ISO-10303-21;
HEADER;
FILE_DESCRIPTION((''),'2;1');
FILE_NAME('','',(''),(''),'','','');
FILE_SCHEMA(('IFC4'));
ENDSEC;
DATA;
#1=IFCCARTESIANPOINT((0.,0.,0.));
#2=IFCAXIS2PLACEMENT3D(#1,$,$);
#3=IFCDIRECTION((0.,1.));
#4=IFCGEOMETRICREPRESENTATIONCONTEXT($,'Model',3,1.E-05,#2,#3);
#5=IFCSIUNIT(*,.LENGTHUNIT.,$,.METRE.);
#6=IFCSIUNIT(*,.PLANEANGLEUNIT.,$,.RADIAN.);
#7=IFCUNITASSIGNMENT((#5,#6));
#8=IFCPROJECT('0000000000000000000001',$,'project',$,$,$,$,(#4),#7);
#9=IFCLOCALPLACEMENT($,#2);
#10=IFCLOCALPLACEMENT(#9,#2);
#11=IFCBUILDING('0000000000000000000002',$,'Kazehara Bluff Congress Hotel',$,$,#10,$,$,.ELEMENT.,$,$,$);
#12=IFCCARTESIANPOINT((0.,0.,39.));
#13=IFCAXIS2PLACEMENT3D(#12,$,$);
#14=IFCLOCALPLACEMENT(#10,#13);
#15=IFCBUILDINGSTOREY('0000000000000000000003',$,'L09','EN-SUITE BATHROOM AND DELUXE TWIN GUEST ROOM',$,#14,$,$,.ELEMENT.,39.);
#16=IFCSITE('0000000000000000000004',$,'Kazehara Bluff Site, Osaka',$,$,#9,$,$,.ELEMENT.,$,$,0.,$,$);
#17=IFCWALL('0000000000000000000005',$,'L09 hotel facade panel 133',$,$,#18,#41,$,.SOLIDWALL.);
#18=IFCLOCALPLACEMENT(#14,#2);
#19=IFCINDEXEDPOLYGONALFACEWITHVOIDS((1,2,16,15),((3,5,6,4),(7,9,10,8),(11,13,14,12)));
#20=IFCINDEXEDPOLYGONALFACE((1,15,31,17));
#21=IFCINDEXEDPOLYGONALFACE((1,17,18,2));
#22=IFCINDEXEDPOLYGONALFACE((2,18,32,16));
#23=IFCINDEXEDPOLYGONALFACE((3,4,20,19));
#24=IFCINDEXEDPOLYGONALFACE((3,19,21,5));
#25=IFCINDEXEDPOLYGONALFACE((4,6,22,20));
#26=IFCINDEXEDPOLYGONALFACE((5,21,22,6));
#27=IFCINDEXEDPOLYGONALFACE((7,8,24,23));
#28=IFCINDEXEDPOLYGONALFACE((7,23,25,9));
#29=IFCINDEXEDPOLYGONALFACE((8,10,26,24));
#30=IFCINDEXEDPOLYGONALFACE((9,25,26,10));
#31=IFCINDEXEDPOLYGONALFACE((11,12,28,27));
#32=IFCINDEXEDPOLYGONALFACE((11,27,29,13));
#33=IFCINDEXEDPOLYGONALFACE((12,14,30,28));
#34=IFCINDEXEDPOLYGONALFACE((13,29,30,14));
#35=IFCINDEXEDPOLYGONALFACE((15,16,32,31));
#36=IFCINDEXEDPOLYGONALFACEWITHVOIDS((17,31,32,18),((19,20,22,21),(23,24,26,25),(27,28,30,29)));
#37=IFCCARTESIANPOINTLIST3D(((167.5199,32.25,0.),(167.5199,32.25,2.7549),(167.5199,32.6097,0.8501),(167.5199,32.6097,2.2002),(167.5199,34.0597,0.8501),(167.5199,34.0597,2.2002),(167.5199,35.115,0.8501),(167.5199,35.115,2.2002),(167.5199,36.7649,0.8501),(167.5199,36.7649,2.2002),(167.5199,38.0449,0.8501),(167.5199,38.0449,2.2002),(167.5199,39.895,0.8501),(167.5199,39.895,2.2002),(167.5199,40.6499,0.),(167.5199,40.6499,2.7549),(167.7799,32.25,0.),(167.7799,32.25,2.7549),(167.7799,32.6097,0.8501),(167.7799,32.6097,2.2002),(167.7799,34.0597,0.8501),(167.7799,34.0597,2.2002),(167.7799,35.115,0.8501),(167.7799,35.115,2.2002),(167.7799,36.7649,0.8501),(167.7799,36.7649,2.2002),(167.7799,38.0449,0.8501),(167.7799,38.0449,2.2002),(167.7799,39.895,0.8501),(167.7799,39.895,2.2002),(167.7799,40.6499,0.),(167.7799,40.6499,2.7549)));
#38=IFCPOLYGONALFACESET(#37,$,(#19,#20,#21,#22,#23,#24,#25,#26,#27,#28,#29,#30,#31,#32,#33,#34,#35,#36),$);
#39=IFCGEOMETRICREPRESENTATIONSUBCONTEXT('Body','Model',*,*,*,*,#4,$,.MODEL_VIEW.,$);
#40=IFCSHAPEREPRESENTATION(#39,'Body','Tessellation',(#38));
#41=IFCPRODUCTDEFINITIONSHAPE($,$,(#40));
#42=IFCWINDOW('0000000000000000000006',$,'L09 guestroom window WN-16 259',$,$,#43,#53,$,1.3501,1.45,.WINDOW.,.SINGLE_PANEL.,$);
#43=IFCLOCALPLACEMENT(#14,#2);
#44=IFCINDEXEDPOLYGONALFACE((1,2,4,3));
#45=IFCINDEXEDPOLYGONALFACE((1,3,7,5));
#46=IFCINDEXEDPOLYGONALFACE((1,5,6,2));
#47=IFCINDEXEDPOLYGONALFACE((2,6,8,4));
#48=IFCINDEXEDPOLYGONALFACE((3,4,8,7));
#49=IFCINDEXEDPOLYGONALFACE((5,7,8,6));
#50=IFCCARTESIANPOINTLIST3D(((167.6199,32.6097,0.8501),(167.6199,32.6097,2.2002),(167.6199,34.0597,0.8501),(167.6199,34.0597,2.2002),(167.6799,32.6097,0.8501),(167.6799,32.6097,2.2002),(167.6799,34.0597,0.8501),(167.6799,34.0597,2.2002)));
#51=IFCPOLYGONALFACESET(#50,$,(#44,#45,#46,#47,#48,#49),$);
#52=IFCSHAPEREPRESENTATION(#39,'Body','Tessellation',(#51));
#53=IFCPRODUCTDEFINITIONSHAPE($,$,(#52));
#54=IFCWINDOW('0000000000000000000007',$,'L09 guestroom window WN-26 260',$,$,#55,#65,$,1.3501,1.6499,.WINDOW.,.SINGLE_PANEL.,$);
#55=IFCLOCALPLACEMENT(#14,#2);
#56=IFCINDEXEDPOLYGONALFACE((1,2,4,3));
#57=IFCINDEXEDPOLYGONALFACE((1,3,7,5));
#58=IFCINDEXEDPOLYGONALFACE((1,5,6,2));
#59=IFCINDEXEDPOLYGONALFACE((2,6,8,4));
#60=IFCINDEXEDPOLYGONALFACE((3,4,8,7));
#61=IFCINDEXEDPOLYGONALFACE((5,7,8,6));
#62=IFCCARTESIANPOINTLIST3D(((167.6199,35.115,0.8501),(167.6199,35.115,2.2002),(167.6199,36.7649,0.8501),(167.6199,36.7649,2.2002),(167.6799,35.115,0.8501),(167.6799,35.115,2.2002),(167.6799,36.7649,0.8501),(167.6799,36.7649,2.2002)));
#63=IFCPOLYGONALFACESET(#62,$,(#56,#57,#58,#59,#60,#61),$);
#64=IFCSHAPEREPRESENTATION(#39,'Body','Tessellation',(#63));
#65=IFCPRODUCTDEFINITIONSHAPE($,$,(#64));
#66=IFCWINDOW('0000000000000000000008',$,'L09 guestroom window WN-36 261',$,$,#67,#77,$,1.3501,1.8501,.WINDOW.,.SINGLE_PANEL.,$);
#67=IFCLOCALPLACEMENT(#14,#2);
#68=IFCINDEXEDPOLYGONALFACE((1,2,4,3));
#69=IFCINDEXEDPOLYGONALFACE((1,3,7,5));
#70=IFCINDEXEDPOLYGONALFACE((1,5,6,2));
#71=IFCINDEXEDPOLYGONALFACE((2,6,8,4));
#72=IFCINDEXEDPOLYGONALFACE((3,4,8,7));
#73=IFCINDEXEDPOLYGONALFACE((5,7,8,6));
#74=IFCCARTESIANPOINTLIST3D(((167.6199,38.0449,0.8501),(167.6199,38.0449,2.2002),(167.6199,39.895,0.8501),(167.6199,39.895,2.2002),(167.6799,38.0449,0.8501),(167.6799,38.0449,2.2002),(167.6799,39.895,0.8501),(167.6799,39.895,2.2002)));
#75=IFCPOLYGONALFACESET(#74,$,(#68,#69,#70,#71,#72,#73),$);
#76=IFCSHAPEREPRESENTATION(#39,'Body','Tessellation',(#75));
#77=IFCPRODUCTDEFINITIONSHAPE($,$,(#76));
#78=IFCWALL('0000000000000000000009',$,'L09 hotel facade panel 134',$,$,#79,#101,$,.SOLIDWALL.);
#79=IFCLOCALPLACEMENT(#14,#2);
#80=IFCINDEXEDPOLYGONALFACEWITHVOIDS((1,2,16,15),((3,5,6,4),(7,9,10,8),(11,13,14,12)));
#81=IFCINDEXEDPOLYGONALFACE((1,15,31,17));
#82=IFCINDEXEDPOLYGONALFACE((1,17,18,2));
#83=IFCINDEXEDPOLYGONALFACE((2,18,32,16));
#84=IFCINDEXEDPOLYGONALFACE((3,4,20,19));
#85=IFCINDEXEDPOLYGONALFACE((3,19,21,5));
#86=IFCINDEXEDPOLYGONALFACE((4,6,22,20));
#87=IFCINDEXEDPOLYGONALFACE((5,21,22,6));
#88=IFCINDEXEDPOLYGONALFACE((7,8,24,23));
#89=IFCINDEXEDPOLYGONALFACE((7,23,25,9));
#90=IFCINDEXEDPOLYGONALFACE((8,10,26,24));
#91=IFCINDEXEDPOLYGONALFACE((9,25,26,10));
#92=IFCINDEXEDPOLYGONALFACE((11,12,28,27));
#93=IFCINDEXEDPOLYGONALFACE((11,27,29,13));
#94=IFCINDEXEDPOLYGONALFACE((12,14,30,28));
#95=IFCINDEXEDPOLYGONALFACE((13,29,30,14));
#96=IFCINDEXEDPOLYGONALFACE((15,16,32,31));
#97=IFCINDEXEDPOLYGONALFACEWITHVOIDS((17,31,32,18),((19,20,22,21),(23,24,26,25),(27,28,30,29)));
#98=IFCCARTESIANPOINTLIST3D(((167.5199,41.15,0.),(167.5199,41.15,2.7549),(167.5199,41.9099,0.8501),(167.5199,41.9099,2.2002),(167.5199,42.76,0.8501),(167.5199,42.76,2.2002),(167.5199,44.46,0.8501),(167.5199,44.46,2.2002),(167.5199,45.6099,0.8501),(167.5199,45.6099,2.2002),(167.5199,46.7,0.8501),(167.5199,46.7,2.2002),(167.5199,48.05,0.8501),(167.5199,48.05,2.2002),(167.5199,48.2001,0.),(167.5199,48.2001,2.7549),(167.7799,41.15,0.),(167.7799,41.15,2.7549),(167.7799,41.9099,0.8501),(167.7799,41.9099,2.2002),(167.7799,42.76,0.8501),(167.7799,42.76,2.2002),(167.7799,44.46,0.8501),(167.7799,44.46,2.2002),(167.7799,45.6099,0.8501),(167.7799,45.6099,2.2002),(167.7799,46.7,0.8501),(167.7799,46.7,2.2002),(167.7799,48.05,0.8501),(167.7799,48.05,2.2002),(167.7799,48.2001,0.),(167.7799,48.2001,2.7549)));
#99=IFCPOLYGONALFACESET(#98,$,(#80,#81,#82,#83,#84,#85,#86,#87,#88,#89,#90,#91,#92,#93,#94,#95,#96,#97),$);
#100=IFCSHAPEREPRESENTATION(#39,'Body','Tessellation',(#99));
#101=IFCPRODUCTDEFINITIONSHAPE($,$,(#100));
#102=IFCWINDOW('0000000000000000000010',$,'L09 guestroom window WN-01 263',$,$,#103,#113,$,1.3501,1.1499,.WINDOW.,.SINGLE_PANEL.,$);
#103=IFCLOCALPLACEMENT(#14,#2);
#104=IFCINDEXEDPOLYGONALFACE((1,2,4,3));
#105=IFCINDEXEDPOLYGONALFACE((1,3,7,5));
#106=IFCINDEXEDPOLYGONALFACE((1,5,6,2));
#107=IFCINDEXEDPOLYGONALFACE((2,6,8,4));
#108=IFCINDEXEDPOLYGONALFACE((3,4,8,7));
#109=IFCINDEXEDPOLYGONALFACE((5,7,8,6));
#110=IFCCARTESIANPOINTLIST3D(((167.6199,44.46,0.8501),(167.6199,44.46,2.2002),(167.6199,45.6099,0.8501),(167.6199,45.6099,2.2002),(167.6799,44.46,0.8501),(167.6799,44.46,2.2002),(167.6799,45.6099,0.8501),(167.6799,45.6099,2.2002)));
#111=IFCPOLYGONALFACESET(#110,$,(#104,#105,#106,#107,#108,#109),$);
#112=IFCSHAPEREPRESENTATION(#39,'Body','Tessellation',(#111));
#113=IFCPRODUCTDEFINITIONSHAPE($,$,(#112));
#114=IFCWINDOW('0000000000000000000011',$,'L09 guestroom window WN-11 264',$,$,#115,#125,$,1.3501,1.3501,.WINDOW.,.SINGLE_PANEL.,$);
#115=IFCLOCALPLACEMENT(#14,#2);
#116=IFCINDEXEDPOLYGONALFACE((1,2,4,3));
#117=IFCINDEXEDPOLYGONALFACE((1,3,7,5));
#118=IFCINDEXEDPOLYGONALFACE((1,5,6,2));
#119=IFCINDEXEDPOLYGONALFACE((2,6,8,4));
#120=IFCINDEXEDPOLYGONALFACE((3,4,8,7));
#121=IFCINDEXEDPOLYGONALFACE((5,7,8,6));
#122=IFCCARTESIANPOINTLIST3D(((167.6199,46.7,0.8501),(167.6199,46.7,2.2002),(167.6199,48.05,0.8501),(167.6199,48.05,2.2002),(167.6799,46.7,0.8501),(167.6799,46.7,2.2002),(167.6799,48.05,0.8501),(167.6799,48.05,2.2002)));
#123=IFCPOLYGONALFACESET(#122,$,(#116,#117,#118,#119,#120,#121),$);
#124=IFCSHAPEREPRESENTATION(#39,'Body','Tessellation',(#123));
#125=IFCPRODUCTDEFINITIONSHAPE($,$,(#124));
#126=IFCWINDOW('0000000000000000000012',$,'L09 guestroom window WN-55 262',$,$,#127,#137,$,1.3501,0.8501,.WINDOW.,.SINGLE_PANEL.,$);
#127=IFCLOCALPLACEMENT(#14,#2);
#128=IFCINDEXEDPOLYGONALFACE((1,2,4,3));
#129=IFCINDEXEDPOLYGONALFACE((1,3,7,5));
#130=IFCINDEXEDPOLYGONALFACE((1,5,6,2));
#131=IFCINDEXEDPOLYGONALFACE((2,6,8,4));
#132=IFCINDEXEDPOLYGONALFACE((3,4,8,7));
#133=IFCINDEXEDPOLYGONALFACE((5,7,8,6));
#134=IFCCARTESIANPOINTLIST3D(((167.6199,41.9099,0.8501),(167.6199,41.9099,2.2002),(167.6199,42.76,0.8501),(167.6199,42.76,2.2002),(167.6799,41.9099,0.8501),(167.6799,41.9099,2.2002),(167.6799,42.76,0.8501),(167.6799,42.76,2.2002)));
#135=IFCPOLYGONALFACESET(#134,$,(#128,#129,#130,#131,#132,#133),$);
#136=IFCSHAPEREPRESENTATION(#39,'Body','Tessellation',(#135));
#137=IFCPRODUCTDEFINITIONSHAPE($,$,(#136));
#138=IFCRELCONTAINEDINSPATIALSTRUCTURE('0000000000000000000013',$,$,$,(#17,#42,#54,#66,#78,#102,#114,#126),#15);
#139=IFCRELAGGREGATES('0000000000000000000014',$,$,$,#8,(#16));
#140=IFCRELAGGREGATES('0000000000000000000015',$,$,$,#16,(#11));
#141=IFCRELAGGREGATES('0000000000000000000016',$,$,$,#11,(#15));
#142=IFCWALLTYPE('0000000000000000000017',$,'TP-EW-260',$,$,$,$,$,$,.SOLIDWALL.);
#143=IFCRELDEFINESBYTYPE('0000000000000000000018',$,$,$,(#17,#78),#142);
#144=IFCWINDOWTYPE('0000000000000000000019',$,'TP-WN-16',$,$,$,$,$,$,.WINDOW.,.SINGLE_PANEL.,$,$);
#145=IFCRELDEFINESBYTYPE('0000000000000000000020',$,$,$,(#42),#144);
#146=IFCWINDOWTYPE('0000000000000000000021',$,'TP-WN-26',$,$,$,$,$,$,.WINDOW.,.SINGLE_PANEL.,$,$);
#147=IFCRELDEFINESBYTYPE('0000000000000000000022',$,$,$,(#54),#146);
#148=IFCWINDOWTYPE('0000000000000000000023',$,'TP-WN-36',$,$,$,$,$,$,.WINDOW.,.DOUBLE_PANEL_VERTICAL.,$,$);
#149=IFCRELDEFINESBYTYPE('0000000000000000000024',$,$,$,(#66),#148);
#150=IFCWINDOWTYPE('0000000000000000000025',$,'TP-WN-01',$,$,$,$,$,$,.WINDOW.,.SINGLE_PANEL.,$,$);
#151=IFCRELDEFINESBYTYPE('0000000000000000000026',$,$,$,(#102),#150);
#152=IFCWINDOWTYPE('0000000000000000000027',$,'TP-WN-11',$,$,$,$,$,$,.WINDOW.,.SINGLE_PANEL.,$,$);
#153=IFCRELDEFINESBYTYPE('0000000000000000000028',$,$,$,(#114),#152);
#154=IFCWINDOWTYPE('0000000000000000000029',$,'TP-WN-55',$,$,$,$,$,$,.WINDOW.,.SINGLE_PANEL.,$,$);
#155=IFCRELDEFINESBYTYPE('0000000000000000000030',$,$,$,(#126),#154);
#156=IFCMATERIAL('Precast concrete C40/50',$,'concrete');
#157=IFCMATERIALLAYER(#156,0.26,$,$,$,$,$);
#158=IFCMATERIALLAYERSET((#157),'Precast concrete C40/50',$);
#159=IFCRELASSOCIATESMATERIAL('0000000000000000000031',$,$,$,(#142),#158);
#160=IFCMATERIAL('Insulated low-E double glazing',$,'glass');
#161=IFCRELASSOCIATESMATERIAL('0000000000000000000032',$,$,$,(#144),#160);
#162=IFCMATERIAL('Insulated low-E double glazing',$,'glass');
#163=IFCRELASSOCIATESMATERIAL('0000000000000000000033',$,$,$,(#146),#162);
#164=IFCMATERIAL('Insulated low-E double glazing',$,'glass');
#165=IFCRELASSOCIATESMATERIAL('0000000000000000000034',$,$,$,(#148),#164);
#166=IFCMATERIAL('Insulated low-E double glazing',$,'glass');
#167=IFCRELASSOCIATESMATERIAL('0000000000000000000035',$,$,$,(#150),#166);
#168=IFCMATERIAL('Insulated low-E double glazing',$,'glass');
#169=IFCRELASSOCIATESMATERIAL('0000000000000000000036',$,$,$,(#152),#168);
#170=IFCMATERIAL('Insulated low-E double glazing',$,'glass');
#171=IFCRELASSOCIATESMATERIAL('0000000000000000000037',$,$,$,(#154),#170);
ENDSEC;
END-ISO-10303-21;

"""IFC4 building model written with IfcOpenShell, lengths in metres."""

from ifc_helpers import new_model, si_unit, direction, frame, frame_2d, origin, place, context, subcontext, project, spatial, rectangle, extrude, material, layer, layer_set, type_object, element, fill, save


model = new_model("IFC4")

# Units and contexts
model_context = context("Model", 3, precision=1e-05, world=origin(), true_north=direction((0.0, 1.0)))
body_context = subcontext(model_context, "Body", "Model", "MODEL_VIEW")
ifc_project = project(units=[si_unit("LENGTHUNIT", "METRE"), si_unit("PLANEANGLEUNIT", "RADIAN")], contexts=[model_context])

# Site, building, storey
site_placement = place(None, origin())
site = spatial("IfcSite", under=ifc_project, at=site_placement, Name="Kazehara Bluff Site, Osaka", CompositionType="ELEMENT", RefElevation=0.0)
building_placement = place(site_placement, origin())
building = spatial("IfcBuilding", under=site, at=building_placement, Name="Kazehara Bluff Congress Hotel", CompositionType="ELEMENT")
storey_placement = place(building_placement, frame((0.0, 0.0, 39.0)))
storey = spatial("IfcBuildingStorey", under=building, at=storey_placement, Name="L09", Description="EN-SUITE BATHROOM AND DELUXE TWIN GUEST ROOM", CompositionType="ELEMENT", Elevation=39.0)

# Walls, openings, windows
ifc_material_1 = material(Name="Precast concrete C40/50", Category="concrete")
ifc_layer_1 = layer(ifc_material_1, 0.26)
ifc_layer_set_1 = layer_set([ifc_layer_1], Name="Precast concrete C40/50")
wall_type_1 = type_object("IfcWallType", Name="TP-EW-260", PredefinedType="SOLIDWALL", material=ifc_layer_set_1)
wall_1_placement = place(storey_placement, frame((167.6499, 40.6499, 0.0), z_axis=(0.0, 0.0, 1.0), x_axis=(0.0, -1.0, 0.0)))
wall_1 = element("IfcWall", 1, at=wall_1_placement, inside=storey, type_object=wall_type_1, Name="L09 hotel facade panel 133", PredefinedType="SOLIDWALL", context=body_context, shape_type="SweptSolid", body=[
    extrude(rectangle(XDim=8.3999, YDim=0.26, at=frame_2d((4.2, 0.0))), origin(), (0.0, 0.0, 1.0), 2.7549),
])
opening_1_placement = place(wall_1_placement, frame((6.5901, 0.0, 0.8501)))
opening_1 = element("IfcOpeningElement", 2, at=opening_1_placement, cuts=wall_1, PredefinedType="OPENING", context=body_context, shape_type="SweptSolid", body=[
    extrude(rectangle(XDim=1.45, YDim=1.3501, at=frame_2d((0.7251, 0.675))), frame((0.0, 0.1399, 0.0), z_axis=(0.0, -1.0, 0.0), x_axis=(1.0, 0.0, 0.0)), (0.0, 0.0, 1.0), 0.28),
])
opening_2_placement = place(wall_1_placement, frame((3.885, 0.0, 0.8501)))
opening_2 = element("IfcOpeningElement", 3, at=opening_2_placement, cuts=wall_1, PredefinedType="OPENING", context=body_context, shape_type="SweptSolid", body=[
    extrude(rectangle(XDim=1.6499, YDim=1.3501, at=frame_2d((0.825, 0.675))), frame((0.0, 0.1399, 0.0), z_axis=(0.0, -1.0, 0.0), x_axis=(1.0, 0.0, 0.0)), (0.0, 0.0, 1.0), 0.28),
])
opening_3_placement = place(wall_1_placement, frame((0.7549, 0.0, 0.8501)))
opening_3 = element("IfcOpeningElement", 4, at=opening_3_placement, cuts=wall_1, PredefinedType="OPENING", context=body_context, shape_type="SweptSolid", body=[
    extrude(rectangle(XDim=1.8501, YDim=1.3501, at=frame_2d((0.925, 0.675))), frame((0.0, 0.1399, 0.0), z_axis=(0.0, -1.0, 0.0), x_axis=(1.0, 0.0, 0.0)), (0.0, 0.0, 1.0), 0.28),
])
ifc_material_2 = material(Name="Insulated low-E double glazing", Category="glass")
window_type_1 = type_object("IfcWindowType", Name="TP-WN-16", PartitioningType="SINGLE_PANEL", PredefinedType="WINDOW", material=ifc_material_2)
window_1_placement = place(opening_1_placement, origin())
window_1 = element("IfcWindow", 5, at=window_1_placement, inside=storey, type_object=window_type_1, Name="L09 guestroom window WN-16 259", OverallHeight=1.3501, OverallWidth=1.45, PartitioningType="SINGLE_PANEL", PredefinedType="WINDOW", context=body_context, shape_type="SweptSolid", body=[
    extrude(rectangle(XDim=1.45, YDim=1.3501, at=frame_2d((0.7251, 0.675))), frame((0.0, 0.03, 0.0), z_axis=(0.0, -1.0, 0.0), x_axis=(1.0, 0.0, 0.0)), (0.0, 0.0, 1.0), 0.0601),
])
fill(opening_1, window_1)
ifc_material_3 = material(Name="Insulated low-E double glazing", Category="glass")
window_type_2 = type_object("IfcWindowType", Name="TP-WN-26", PartitioningType="SINGLE_PANEL", PredefinedType="WINDOW", material=ifc_material_3)
window_2_placement = place(opening_2_placement, origin())
window_2 = element("IfcWindow", 6, at=window_2_placement, inside=storey, type_object=window_type_2, Name="L09 guestroom window WN-26 260", OverallHeight=1.3501, OverallWidth=1.6499, PartitioningType="SINGLE_PANEL", PredefinedType="WINDOW", context=body_context, shape_type="SweptSolid", body=[
    extrude(rectangle(XDim=1.6499, YDim=1.3501, at=frame_2d((0.825, 0.675))), frame((0.0, 0.03, 0.0), z_axis=(0.0, -1.0, 0.0), x_axis=(1.0, 0.0, 0.0)), (0.0, 0.0, 1.0), 0.0601),
])
fill(opening_2, window_2)
ifc_material_4 = material(Name="Insulated low-E double glazing", Category="glass")
window_type_3 = type_object("IfcWindowType", Name="TP-WN-36", PartitioningType="DOUBLE_PANEL_VERTICAL", PredefinedType="WINDOW", material=ifc_material_4)
window_3_placement = place(opening_3_placement, origin())
window_3 = element("IfcWindow", 7, at=window_3_placement, inside=storey, type_object=window_type_3, Name="L09 guestroom window WN-36 261", OverallHeight=1.3501, OverallWidth=1.8501, PartitioningType="SINGLE_PANEL", PredefinedType="WINDOW", context=body_context, shape_type="SweptSolid", body=[
    extrude(rectangle(XDim=1.8501, YDim=1.3501, at=frame_2d((0.925, 0.675))), frame((0.0, 0.03, 0.0), z_axis=(0.0, -1.0, 0.0), x_axis=(1.0, 0.0, 0.0)), (0.0, 0.0, 1.0), 0.0601),
])
fill(opening_3, window_3)
wall_2_placement = place(storey_placement, frame((167.6499, 48.2, 0.0), z_axis=(0.0, 0.0, 1.0), x_axis=(0.0, -1.0, 0.0)))
wall_2 = element("IfcWall", 8, at=wall_2_placement, inside=storey, type_object=wall_type_1, Name="L09 hotel facade panel 134", PredefinedType="SOLIDWALL", context=body_context, shape_type="SweptSolid", body=[
    extrude(rectangle(XDim=7.05, YDim=0.26, at=frame_2d((3.5249, 0.0))), origin(), (0.0, 0.0, 1.0), 2.7549),
])
opening_4_placement = place(wall_2_placement, frame((5.4399, 0.0, 0.8501)))
opening_4 = element("IfcOpeningElement", 9, at=opening_4_placement, cuts=wall_2, PredefinedType="OPENING", context=body_context, shape_type="SweptSolid", body=[
    extrude(rectangle(XDim=0.8501, YDim=1.3501, at=frame_2d((0.425, 0.675))), frame((0.0, 0.1399, 0.0), z_axis=(0.0, -1.0, 0.0), x_axis=(1.0, 0.0, 0.0)), (0.0, 0.0, 1.0), 0.28),
])
opening_5_placement = place(wall_2_placement, frame((2.5901, 0.0, 0.8501)))
opening_5 = element("IfcOpeningElement", 10, at=opening_5_placement, cuts=wall_2, PredefinedType="OPENING", context=body_context, shape_type="SweptSolid", body=[
    extrude(rectangle(XDim=1.1499, YDim=1.3501, at=frame_2d((0.575, 0.675))), frame((0.0, 0.1399, 0.0), z_axis=(0.0, -1.0, 0.0), x_axis=(1.0, 0.0, 0.0)), (0.0, 0.0, 1.0), 0.28),
])
opening_6_placement = place(wall_2_placement, frame((0.1499, 0.0, 0.8501)))
opening_6 = element("IfcOpeningElement", 11, at=opening_6_placement, cuts=wall_2, PredefinedType="OPENING", context=body_context, shape_type="SweptSolid", body=[
    extrude(rectangle(XDim=1.3501, YDim=1.3501, at=frame_2d((0.675, 0.675))), frame((0.0, 0.1399, 0.0), z_axis=(0.0, -1.0, 0.0), x_axis=(1.0, 0.0, 0.0)), (0.0, 0.0, 1.0), 0.28),
])
ifc_material_5 = material(Name="Insulated low-E double glazing", Category="glass")
window_type_4 = type_object("IfcWindowType", Name="TP-WN-01", PartitioningType="SINGLE_PANEL", PredefinedType="WINDOW", material=ifc_material_5)
window_4_placement = place(opening_5_placement, origin())
window_4 = element("IfcWindow", 12, at=window_4_placement, inside=storey, type_object=window_type_4, Name="L09 guestroom window WN-01 263", OverallHeight=1.3501, OverallWidth=1.1499, PartitioningType="SINGLE_PANEL", PredefinedType="WINDOW", context=body_context, shape_type="SweptSolid", body=[
    extrude(rectangle(XDim=1.1499, YDim=1.3501, at=frame_2d((0.575, 0.675))), frame((0.0, 0.03, 0.0), z_axis=(0.0, -1.0, 0.0), x_axis=(1.0, 0.0, 0.0)), (0.0, 0.0, 1.0), 0.0601),
])
fill(opening_5, window_4)
ifc_material_6 = material(Name="Insulated low-E double glazing", Category="glass")
window_type_5 = type_object("IfcWindowType", Name="TP-WN-11", PartitioningType="SINGLE_PANEL", PredefinedType="WINDOW", material=ifc_material_6)
window_5_placement = place(opening_6_placement, origin())
window_5 = element("IfcWindow", 13, at=window_5_placement, inside=storey, type_object=window_type_5, Name="L09 guestroom window WN-11 264", OverallHeight=1.3501, OverallWidth=1.3501, PartitioningType="SINGLE_PANEL", PredefinedType="WINDOW", context=body_context, shape_type="SweptSolid", body=[
    extrude(rectangle(XDim=1.3501, YDim=1.3501, at=frame_2d((0.675, 0.675))), frame((0.0, 0.03, 0.0), z_axis=(0.0, -1.0, 0.0), x_axis=(1.0, 0.0, 0.0)), (0.0, 0.0, 1.0), 0.0601),
])
fill(opening_6, window_5)
ifc_material_7 = material(Name="Insulated low-E double glazing", Category="glass")
window_type_6 = type_object("IfcWindowType", Name="TP-WN-55", PartitioningType="SINGLE_PANEL", PredefinedType="WINDOW", material=ifc_material_7)
window_6_placement = place(opening_4_placement, origin())
window_6 = element("IfcWindow", 14, at=window_6_placement, inside=storey, type_object=window_type_6, Name="L09 guestroom window WN-55 262", OverallHeight=1.3501, OverallWidth=0.8501, PartitioningType="SINGLE_PANEL", PredefinedType="WINDOW", context=body_context, shape_type="SweptSolid", body=[
    extrude(rectangle(XDim=0.8501, YDim=1.3501, at=frame_2d((0.425, 0.675))), frame((0.0, 0.03, 0.0), z_axis=(0.0, -1.0, 0.0), x_axis=(1.0, 0.0, 0.0)), (0.0, 0.0, 1.0), 0.0601),
])
fill(opening_4, window_6)

save(model, "model.ifc")
